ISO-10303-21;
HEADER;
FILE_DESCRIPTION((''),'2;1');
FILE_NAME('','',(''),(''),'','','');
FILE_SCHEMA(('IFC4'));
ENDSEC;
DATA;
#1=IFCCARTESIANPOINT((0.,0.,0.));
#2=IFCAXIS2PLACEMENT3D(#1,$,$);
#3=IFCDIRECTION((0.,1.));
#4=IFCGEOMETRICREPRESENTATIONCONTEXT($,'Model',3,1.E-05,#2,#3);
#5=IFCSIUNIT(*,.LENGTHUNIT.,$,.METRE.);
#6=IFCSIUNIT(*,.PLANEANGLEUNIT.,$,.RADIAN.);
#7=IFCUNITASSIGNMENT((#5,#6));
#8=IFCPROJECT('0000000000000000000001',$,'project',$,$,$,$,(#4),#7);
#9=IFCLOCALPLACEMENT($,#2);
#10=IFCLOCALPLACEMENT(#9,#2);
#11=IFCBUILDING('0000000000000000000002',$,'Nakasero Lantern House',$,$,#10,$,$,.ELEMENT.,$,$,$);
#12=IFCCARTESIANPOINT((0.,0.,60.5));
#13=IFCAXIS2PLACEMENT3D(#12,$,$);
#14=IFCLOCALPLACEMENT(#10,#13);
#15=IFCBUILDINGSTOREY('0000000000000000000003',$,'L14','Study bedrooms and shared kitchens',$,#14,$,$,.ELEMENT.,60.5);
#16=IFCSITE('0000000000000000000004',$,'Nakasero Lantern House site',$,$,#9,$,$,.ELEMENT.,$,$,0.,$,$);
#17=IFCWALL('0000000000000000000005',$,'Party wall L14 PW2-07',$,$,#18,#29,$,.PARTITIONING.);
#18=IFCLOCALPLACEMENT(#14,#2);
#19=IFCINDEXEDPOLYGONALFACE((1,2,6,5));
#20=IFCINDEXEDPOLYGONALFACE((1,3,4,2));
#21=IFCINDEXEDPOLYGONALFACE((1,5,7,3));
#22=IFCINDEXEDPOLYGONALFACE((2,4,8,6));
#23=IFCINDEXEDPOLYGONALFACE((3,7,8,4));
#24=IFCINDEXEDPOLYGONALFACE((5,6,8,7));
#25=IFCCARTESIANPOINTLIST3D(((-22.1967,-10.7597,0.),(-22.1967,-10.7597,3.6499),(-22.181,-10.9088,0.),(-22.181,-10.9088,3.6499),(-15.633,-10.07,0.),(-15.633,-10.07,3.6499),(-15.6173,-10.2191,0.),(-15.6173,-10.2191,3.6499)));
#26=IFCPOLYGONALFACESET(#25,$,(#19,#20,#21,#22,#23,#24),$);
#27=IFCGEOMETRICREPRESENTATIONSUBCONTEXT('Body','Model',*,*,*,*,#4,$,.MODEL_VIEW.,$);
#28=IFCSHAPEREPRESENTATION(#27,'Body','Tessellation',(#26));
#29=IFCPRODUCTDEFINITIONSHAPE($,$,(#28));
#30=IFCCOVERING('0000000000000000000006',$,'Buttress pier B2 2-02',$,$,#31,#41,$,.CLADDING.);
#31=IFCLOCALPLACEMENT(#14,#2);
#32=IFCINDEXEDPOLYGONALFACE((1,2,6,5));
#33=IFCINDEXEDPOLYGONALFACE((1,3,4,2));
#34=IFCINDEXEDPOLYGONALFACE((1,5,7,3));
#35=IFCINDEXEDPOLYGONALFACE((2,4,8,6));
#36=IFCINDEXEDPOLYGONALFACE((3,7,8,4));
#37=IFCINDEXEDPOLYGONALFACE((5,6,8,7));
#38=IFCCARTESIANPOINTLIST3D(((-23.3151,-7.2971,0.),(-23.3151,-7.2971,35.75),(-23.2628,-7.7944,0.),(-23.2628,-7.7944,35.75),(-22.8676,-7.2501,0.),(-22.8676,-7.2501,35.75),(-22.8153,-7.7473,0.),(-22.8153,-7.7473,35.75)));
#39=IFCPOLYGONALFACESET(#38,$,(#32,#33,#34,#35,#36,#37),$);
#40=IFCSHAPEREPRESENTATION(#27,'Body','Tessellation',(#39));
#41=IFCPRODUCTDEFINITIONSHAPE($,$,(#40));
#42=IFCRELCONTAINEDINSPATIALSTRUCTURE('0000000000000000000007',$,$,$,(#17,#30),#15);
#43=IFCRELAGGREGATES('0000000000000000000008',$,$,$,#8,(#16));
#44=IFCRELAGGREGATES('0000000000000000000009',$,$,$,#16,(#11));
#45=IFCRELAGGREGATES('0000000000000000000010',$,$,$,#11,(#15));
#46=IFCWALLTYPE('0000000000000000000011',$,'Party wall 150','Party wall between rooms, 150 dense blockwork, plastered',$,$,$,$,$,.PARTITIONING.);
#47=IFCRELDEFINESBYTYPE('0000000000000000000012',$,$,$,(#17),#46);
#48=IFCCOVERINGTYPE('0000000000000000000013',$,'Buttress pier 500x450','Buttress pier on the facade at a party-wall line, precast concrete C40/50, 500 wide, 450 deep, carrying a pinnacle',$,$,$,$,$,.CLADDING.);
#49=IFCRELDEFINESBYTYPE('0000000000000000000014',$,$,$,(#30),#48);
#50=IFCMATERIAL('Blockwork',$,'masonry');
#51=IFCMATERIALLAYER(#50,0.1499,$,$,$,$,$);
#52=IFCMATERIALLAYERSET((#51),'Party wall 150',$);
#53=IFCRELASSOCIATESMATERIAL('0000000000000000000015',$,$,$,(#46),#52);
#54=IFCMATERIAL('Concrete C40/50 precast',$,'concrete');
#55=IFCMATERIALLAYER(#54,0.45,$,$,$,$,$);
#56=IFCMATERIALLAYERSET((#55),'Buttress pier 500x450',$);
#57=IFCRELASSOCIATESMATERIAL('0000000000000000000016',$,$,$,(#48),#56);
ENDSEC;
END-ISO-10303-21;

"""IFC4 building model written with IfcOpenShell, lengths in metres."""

from ifc_helpers import new_model, si_unit, direction, frame, frame_2d, origin, origin_2d, place, context, subcontext, project, spatial, rectangle, extrude, material, layer, layer_set, type_object, element, save


model = new_model("IFC4")

# Units and contexts
model_context = context("Model", 3, precision=1e-05, world=origin(), true_north=direction((0.0, 1.0)))
body_context = subcontext(model_context, "Body", "Model", "MODEL_VIEW")
ifc_project = project(units=[si_unit("LENGTHUNIT", "METRE"), si_unit("PLANEANGLEUNIT", "RADIAN")], contexts=[model_context])

# Site, building, storey
site_placement = place(None, origin())
site = spatial("IfcSite", under=ifc_project, at=site_placement, Name="Nakasero Lantern House site", CompositionType="ELEMENT", RefElevation=0.0)
building_placement = place(site_placement, origin())
building = spatial("IfcBuilding", under=site, at=building_placement, Name="Nakasero Lantern House", CompositionType="ELEMENT")
storey_placement = place(building_placement, frame((0.0, 0.0, 60.5)))
storey = spatial("IfcBuildingStorey", under=building, at=storey_placement, Name="L14", Description="Study bedrooms and shared kitchens", CompositionType="ELEMENT", Elevation=60.5)

# Wall
ifc_material_1 = material(Name="Blockwork", Category="masonry")
ifc_layer_1 = layer(ifc_material_1, 0.1499)
ifc_layer_set_1 = layer_set([ifc_layer_1], Name="Party wall 150")
wall_type_1 = type_object("IfcWallType", Name="Party wall 150", Description="Party wall between rooms, 150 dense blockwork, plastered", PredefinedType="PARTITIONING", material=ifc_layer_set_1)
wall_1_placement = place(storey_placement, frame((-15.6252, -10.1445, 0.0), z_axis=(0.0, 0.0, 1.0), x_axis=(-0.994525, -0.104502, 0.0)))
element("IfcWall", 1, at=wall_1_placement, inside=storey, type_object=wall_type_1, Name="Party wall L14 PW2-07", PredefinedType="PARTITIONING", context=body_context, shape_type="SweptSolid", body=[
    extrude(rectangle(XDim=6.5999, YDim=0.1499, at=frame_2d((3.2998, 0.0))), origin(), (0.0, 0.0, 1.0), 3.6499),
])

# Covering
ifc_material_2 = material(Name="Concrete C40/50 precast", Category="concrete")
ifc_layer_2 = layer(ifc_material_2, 0.45)
ifc_layer_set_2 = layer_set([ifc_layer_2], Name="Buttress pier 500x450")
covering_type = type_object("IfcCoveringType", Name="Buttress pier 500x450", Description="Buttress pier on the facade at a party-wall line, precast concrete C40/50, 500 wide, 450 deep, carrying a pinnacle", PredefinedType="CLADDING", material=ifc_layer_set_2)
covering_placement = place(storey_placement, frame((-23.0652, -7.5222, 0.0), z_axis=(0.0, 0.0, 1.0), x_axis=(-0.994522, -0.104528, 0.0)))
element("IfcCovering", 2, at=covering_placement, inside=storey, type_object=covering_type, Name="Buttress pier B2 2-02", PredefinedType="CLADDING", context=body_context, shape_type="SweptSolid", body=[
    extrude(rectangle(XDim=0.45, YDim=0.5, at=origin_2d()), origin(), (0.0, 0.0, 1.0), 35.75),
])

save(model, "model.ifc")
